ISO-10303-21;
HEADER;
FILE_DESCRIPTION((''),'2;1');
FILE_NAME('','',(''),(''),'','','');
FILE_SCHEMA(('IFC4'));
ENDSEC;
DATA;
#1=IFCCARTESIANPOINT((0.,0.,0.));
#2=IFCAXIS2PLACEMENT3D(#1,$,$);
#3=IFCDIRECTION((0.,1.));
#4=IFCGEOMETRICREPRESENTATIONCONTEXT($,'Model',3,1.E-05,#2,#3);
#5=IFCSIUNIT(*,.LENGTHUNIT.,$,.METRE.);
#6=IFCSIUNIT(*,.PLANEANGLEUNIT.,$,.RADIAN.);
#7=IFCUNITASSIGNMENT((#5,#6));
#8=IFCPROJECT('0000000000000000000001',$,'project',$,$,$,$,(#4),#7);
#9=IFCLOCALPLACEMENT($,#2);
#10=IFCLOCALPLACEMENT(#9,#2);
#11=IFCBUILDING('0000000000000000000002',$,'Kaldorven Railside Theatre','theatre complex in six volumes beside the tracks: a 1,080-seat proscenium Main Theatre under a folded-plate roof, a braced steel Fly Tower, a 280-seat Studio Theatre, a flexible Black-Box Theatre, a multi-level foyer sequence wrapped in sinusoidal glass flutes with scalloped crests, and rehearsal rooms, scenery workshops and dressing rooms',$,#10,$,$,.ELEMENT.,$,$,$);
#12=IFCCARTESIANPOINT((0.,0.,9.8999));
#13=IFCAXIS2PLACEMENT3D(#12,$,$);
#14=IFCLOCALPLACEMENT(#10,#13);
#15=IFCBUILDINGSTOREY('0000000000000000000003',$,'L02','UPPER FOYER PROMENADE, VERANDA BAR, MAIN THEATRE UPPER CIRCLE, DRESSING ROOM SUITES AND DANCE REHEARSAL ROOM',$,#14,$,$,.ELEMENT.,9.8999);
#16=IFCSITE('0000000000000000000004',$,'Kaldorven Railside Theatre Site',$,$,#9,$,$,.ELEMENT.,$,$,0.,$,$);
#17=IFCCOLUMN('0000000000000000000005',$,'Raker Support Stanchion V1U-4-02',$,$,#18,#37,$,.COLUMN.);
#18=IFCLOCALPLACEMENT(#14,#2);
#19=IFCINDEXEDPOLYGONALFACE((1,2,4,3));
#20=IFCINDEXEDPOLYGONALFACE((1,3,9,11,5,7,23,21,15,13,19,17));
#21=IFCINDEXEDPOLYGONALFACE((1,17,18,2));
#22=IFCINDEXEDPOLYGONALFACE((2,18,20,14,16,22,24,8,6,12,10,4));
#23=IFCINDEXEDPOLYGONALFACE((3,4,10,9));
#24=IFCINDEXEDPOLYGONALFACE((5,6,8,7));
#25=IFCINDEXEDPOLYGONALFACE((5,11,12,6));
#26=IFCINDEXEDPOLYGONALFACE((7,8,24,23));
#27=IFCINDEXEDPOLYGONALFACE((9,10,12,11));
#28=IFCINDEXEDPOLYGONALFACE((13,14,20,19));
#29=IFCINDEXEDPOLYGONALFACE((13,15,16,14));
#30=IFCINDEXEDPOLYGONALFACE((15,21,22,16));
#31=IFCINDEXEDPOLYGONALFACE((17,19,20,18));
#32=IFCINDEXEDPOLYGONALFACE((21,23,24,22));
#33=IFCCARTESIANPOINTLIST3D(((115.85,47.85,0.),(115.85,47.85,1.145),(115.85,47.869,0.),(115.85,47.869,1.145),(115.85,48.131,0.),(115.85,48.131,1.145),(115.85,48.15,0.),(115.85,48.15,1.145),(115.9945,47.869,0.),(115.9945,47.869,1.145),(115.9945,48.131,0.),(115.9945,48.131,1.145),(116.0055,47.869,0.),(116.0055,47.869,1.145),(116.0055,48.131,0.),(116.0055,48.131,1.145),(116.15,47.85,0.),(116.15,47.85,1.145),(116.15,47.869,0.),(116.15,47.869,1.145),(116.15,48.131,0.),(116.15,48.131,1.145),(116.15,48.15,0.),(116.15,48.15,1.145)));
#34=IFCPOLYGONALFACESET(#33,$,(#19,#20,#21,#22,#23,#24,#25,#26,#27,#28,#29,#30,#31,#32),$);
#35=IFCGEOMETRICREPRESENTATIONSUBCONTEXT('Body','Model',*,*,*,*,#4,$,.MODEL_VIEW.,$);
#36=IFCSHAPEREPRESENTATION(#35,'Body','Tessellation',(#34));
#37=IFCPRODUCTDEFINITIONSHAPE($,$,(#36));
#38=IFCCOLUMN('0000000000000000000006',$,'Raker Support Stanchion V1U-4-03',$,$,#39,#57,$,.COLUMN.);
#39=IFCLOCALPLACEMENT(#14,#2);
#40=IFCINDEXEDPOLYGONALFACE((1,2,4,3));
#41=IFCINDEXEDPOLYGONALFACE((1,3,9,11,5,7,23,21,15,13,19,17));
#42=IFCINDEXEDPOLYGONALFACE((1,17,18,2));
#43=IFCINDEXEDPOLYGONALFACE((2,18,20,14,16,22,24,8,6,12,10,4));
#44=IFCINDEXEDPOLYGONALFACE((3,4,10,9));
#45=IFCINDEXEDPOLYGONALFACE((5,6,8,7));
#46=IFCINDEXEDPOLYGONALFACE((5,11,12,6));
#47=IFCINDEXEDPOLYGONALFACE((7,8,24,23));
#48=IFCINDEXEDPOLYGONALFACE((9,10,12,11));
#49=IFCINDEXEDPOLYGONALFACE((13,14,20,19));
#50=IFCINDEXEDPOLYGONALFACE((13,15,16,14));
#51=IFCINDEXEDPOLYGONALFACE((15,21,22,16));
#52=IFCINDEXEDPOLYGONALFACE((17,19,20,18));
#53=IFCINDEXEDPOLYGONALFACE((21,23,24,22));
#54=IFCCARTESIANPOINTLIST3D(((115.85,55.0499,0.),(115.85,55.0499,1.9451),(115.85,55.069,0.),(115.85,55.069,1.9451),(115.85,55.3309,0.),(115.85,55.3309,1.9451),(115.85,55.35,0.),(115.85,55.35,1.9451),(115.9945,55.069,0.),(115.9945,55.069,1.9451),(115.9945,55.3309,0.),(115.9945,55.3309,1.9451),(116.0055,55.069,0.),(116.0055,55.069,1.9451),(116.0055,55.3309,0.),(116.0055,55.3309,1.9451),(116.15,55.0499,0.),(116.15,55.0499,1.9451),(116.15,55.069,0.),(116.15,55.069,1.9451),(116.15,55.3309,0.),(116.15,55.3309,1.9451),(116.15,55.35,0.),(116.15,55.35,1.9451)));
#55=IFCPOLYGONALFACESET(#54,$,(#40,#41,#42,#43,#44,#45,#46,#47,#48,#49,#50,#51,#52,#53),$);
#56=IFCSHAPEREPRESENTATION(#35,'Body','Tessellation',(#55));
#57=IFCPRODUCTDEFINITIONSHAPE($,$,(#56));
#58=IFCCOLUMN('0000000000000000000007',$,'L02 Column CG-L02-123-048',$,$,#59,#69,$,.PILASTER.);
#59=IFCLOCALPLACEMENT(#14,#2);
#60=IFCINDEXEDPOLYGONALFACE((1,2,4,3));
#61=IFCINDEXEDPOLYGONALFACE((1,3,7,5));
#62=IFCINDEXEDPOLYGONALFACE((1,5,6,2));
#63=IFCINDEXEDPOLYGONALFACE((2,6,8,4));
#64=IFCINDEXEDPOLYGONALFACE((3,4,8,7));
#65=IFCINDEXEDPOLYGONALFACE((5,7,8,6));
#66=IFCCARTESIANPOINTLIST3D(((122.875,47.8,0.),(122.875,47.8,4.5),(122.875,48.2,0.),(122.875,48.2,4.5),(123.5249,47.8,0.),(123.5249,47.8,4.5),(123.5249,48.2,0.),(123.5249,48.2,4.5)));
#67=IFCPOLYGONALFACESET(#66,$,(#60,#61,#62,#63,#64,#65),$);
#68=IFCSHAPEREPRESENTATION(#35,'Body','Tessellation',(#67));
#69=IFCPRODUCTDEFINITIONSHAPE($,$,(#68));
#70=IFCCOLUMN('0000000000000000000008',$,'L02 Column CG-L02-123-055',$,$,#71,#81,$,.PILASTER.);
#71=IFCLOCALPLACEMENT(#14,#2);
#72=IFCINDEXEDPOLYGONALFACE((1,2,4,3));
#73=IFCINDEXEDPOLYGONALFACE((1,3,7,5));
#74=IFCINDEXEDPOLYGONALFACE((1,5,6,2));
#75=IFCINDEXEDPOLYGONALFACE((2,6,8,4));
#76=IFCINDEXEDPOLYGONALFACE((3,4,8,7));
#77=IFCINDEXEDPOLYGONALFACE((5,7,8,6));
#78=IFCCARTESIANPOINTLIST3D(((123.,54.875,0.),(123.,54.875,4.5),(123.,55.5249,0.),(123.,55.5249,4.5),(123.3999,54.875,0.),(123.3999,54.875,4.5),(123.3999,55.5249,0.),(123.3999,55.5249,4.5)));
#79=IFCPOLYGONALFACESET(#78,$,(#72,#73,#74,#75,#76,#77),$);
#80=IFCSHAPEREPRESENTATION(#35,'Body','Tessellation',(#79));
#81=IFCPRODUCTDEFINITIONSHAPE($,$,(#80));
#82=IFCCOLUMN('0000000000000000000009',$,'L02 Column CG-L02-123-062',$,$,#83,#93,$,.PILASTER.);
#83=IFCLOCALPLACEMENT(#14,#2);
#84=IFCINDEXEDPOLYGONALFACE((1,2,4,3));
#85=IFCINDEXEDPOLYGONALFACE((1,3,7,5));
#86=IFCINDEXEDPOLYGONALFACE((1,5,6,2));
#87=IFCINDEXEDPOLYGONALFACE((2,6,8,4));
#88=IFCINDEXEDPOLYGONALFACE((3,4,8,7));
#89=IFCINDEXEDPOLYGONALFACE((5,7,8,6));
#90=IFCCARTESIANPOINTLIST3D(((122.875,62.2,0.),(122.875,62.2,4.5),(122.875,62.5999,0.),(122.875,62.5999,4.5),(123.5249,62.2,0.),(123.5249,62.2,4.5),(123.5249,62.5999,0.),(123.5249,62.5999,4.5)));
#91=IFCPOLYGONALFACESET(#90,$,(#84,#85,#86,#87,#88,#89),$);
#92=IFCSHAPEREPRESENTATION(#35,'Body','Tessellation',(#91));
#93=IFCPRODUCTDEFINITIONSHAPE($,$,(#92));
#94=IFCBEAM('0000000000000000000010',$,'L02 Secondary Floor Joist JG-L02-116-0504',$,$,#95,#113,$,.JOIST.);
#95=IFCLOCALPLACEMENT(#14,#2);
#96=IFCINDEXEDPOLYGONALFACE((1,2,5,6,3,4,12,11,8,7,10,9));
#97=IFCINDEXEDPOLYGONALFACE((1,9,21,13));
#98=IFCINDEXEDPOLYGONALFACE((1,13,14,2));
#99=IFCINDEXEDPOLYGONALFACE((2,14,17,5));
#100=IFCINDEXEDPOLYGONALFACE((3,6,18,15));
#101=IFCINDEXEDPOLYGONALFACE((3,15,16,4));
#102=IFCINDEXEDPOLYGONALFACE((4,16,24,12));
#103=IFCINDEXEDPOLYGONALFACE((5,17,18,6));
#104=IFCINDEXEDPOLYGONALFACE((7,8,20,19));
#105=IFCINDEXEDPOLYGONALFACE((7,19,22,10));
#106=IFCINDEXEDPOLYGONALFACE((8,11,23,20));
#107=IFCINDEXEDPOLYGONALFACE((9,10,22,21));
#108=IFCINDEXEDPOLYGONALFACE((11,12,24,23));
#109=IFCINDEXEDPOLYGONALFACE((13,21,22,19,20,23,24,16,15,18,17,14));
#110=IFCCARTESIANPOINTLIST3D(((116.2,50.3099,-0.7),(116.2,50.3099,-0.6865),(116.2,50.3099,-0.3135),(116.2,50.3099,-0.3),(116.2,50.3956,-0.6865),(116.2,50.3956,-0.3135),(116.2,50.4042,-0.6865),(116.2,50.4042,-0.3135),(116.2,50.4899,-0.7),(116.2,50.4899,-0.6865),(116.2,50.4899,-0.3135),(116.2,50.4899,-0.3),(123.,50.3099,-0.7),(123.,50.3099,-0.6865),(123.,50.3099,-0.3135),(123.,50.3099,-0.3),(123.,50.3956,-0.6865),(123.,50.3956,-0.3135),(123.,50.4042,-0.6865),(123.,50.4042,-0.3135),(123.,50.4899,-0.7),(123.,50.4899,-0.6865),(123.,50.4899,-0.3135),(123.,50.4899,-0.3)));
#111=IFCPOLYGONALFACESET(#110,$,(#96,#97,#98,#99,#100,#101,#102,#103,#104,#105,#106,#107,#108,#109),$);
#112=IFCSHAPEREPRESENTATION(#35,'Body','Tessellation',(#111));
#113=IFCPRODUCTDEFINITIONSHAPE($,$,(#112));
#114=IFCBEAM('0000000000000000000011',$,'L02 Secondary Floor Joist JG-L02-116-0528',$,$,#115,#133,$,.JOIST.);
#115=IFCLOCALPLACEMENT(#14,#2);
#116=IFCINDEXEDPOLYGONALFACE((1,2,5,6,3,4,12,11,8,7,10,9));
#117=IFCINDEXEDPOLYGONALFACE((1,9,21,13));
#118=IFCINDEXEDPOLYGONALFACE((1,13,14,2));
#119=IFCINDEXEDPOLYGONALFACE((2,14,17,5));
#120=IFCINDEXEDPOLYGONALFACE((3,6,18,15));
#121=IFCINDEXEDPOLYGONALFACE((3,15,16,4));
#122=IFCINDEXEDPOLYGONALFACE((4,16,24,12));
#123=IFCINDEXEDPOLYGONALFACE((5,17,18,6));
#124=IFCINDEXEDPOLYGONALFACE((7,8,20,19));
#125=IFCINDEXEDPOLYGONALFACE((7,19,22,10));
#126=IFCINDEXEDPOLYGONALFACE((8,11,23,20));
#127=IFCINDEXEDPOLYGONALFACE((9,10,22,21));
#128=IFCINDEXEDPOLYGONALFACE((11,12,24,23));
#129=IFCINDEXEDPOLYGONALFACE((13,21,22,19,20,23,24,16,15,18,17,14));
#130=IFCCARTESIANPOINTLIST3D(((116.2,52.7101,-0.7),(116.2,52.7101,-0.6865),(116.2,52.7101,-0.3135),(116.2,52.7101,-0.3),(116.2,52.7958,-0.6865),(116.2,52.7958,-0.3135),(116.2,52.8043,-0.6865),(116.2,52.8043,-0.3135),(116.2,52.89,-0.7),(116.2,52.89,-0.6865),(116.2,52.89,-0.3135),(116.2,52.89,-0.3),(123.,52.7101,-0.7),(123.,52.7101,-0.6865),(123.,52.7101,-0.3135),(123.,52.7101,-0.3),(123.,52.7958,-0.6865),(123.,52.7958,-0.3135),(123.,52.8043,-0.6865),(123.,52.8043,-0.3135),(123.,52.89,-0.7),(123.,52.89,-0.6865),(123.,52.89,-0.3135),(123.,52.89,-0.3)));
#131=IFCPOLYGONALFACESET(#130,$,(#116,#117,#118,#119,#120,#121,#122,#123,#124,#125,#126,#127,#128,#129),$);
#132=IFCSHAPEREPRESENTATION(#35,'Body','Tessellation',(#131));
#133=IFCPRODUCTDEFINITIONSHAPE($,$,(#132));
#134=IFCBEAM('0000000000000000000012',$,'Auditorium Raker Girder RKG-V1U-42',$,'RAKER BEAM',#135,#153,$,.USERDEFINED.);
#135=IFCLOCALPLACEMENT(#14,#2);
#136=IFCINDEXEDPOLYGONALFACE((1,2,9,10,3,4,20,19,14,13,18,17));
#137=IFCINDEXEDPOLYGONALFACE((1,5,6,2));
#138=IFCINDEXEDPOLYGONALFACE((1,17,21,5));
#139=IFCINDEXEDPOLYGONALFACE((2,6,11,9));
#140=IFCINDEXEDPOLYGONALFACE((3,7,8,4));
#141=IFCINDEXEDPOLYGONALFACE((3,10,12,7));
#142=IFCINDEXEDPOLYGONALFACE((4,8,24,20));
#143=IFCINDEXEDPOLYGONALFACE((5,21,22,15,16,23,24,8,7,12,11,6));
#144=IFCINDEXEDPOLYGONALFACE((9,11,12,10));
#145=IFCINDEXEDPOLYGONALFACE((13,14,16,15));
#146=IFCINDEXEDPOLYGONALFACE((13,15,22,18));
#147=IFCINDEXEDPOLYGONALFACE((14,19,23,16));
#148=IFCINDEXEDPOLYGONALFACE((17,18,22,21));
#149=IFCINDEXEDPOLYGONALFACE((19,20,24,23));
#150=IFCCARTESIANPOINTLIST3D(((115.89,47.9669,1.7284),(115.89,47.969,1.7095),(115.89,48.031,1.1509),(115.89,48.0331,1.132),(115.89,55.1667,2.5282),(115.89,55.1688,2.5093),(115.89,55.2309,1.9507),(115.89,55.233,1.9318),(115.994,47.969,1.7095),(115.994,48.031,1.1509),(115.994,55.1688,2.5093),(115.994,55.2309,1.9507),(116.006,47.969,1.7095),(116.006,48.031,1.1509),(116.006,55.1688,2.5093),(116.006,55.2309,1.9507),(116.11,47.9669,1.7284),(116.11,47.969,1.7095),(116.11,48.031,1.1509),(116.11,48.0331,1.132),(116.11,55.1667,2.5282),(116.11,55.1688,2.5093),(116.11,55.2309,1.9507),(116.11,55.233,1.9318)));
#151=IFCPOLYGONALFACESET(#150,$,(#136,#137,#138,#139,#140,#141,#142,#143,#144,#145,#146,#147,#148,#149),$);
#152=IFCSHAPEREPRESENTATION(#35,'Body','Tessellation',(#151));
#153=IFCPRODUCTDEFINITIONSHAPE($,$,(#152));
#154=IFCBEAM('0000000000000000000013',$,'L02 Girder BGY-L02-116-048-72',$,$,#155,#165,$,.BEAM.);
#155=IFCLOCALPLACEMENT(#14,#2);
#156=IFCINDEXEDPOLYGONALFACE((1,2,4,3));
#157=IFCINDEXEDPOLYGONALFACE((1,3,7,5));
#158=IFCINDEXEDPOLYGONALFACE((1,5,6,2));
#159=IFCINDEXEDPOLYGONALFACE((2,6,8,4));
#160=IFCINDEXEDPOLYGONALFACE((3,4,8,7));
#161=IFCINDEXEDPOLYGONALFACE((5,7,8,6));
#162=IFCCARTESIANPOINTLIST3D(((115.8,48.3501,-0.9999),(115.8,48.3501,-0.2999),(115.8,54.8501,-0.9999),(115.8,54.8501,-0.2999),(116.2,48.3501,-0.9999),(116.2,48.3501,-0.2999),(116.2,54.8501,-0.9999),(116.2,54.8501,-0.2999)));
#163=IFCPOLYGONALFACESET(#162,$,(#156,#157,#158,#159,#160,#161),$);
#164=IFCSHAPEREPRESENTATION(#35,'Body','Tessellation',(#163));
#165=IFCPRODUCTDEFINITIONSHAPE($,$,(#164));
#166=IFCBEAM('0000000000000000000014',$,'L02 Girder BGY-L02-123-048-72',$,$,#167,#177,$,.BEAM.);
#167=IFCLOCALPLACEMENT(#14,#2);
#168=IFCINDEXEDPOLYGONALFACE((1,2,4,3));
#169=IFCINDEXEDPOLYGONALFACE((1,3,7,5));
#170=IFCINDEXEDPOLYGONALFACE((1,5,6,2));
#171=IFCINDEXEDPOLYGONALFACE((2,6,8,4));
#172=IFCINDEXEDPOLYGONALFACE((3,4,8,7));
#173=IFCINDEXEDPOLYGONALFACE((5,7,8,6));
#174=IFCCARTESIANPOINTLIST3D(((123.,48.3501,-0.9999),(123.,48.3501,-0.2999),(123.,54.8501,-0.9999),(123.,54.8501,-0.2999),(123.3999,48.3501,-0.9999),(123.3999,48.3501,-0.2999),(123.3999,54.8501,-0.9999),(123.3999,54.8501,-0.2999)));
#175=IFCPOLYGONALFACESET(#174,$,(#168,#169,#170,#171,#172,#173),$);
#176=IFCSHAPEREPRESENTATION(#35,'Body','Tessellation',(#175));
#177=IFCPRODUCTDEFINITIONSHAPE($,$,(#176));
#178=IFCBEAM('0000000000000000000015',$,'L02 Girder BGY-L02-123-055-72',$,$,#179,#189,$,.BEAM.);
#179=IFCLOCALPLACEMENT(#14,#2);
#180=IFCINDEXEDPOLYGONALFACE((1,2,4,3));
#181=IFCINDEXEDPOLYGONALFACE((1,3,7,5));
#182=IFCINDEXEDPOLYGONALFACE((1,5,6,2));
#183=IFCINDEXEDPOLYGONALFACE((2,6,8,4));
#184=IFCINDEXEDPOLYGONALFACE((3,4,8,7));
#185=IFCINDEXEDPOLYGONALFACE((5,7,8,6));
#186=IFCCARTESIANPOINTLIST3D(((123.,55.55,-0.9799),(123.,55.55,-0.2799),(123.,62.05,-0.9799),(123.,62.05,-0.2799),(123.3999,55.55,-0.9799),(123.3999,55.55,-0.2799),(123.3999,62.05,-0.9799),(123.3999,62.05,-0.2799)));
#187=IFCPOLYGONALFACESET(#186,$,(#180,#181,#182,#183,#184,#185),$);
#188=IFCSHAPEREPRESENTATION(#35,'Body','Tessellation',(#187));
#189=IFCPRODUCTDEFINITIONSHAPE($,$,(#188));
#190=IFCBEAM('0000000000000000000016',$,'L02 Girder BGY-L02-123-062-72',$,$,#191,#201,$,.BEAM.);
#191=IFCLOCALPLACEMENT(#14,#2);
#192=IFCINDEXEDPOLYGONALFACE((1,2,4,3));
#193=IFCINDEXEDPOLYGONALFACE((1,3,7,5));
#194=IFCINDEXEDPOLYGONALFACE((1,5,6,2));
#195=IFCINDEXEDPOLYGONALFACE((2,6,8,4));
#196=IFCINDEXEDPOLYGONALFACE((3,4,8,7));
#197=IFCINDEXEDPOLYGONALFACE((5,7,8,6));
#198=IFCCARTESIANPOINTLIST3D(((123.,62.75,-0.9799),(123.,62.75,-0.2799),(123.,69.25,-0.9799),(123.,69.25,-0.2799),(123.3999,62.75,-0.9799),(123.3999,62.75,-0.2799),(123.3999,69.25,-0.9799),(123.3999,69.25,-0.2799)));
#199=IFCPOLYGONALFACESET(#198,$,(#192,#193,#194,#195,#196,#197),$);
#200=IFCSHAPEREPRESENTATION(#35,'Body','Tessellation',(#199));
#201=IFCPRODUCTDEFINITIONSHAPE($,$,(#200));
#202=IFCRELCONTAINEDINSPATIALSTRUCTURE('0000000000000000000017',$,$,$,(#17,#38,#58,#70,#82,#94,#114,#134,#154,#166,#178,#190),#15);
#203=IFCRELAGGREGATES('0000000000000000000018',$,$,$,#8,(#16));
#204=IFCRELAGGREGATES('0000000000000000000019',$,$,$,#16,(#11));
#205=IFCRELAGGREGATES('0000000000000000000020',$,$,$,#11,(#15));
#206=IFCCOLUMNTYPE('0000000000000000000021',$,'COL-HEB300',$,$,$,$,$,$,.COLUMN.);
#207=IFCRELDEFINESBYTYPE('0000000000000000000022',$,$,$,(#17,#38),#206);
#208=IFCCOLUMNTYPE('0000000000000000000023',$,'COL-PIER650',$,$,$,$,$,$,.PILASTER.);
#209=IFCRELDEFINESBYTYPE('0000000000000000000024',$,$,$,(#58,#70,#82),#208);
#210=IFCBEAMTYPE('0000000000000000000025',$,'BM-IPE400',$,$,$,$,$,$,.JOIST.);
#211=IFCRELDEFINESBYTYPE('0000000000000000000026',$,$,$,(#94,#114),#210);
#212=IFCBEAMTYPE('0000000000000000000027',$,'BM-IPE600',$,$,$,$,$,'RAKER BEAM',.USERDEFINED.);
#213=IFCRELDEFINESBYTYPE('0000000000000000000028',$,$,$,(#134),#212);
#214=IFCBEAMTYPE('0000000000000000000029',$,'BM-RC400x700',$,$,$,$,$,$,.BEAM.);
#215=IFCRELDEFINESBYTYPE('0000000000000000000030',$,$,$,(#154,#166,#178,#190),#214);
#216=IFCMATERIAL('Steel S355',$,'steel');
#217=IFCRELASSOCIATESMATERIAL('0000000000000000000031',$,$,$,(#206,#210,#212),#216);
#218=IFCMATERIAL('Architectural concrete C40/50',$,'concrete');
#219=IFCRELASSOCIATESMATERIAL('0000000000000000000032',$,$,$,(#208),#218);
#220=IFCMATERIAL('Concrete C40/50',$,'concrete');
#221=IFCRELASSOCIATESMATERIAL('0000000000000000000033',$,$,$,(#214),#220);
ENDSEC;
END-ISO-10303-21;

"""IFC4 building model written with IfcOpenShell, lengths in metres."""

from ifc_helpers import new_model, si_unit, direction, frame, origin, origin_2d, place, context, subcontext, project, spatial, rectangle, i_section, extrude, material, material_profile, profile_set, type_object, element, save


model = new_model("IFC4")

# Units and contexts
model_context = context("Model", 3, precision=1e-05, world=origin(), true_north=direction((0.0, 1.0)))
body_context = subcontext(model_context, "Body", "Model", "MODEL_VIEW")
ifc_project = project(units=[si_unit("LENGTHUNIT", "METRE"), si_unit("PLANEANGLEUNIT", "RADIAN")], contexts=[model_context])

# Site, building, storey
site_placement = place(None, origin())
site = spatial("IfcSite", under=ifc_project, at=site_placement, Name="Kaldorven Railside Theatre Site", CompositionType="ELEMENT", RefElevation=0.0)
building_placement = place(site_placement, origin())
building = spatial("IfcBuilding", under=site, at=building_placement, Name="Kaldorven Railside Theatre", Description="theatre complex in six volumes beside the tracks: a 1,080-seat proscenium Main Theatre under a folded-plate roof, a braced steel Fly Tower, a 280-seat Studio Theatre, a flexible Black-Box Theatre, a multi-level foyer sequence wrapped in sinusoidal glass flutes with scalloped crests, and rehearsal rooms, scenery workshops and dressing rooms", CompositionType="ELEMENT")
storey_placement = place(building_placement, frame((0.0, 0.0, 9.8999)))
storey = spatial("IfcBuildingStorey", under=building, at=storey_placement, Name="L02", Description="UPPER FOYER PROMENADE, VERANDA BAR, MAIN THEATRE UPPER CIRCLE, DRESSING ROOM SUITES AND DANCE REHEARSAL ROOM", CompositionType="ELEMENT", Elevation=9.8999)

# Columns
ifc_material_1 = material(Name="Steel S355", Category="steel")
ifc_material_profile_1 = material_profile(ifc_material_1, i_section(OverallWidth=0.3, OverallDepth=0.3, WebThickness=0.011, FlangeThickness=0.019, at=origin_2d()), Name="HEB 300")
ifc_profile_set_1 = profile_set([ifc_material_profile_1], Name="Steel S355")
column_type_1 = type_object("IfcColumnType", Name="COL-HEB300", PredefinedType="COLUMN", material=ifc_profile_set_1)
column_1_placement = place(storey_placement, frame((116.0, 48.0, 0.0), z_axis=(0.0, 0.0, 1.0), x_axis=(1.0, 0.0, 0.0)))
element("IfcColumn", 1, at=column_1_placement, inside=storey, type_object=column_type_1, Name="Raker Support Stanchion V1U-4-02", PredefinedType="COLUMN", context=body_context, shape_type="SweptSolid", body=[
    extrude(i_section(OverallWidth=0.3, OverallDepth=0.3, WebThickness=0.011, FlangeThickness=0.019, at=origin_2d()), origin(), (0.0, 0.0, 1.0), 1.145),
])
column_2_placement = place(storey_placement, frame((116.0, 55.2, 0.0), z_axis=(0.0, 0.0, 1.0), x_axis=(1.0, 0.0, 0.0)))
element("IfcColumn", 2, at=column_2_placement, inside=storey, type_object=column_type_1, Name="Raker Support Stanchion V1U-4-03", PredefinedType="COLUMN", context=body_context, shape_type="SweptSolid", body=[
    extrude(i_section(OverallWidth=0.3, OverallDepth=0.3, WebThickness=0.011, FlangeThickness=0.019, at=origin_2d()), origin(), (0.0, 0.0, 1.0), 1.9451),
])
ifc_material_2 = material(Name="Architectural concrete C40/50", Category="concrete")
ifc_material_profile_2 = material_profile(ifc_material_2, rectangle(XDim=0.3999, YDim=0.6499, at=origin_2d()), Name="RC 400x650")
ifc_profile_set_2 = profile_set([ifc_material_profile_2], Name="Architectural concrete C40/50")
column_type_2 = type_object("IfcColumnType", Name="COL-PIER650", PredefinedType="PILASTER", material=ifc_profile_set_2)
for number, where, z_axis, x_axis, name in (
    (3, (123.2, 48.0, 0.0), (0.0, 0.0, 1.0), (0.0, 1.0, 0.0), "L02 Column CG-L02-123-048"),
    (4, (123.2, 55.2, 0.0), (0.0, 0.0, 1.0), (1.0, 0.0, 0.0), "L02 Column CG-L02-123-055"),
    (5, (123.2, 62.3999, 0.0), (0.0, 0.0, 1.0), (0.0, 1.0, 0.0), "L02 Column CG-L02-123-062"),
):
    element("IfcColumn", number, at=place(storey_placement, frame(where, z_axis=z_axis, x_axis=x_axis)), inside=storey, type_object=column_type_2, Name=name, PredefinedType="PILASTER", context=body_context, shape_type="SweptSolid", body=[
        extrude(rectangle(XDim=0.3999, YDim=0.6499, at=origin_2d()), origin(), (0.0, 0.0, 1.0), 4.5),
    ])

# Beams
ifc_material_profile_3 = material_profile(ifc_material_1, i_section(OverallWidth=0.1799, OverallDepth=0.3999, WebThickness=0.0085, FlangeThickness=0.0134, at=origin_2d()), Name="IPE 400")
ifc_profile_set_3 = profile_set([ifc_material_profile_3], Name="Steel S355")
beam_type_1 = type_object("IfcBeamType", Name="BM-IPE400", PredefinedType="JOIST", material=ifc_profile_set_3)
for number, where, z_axis, x_axis, name in (
    (6, (116.2, 50.3999, -0.5), (1.0, 0.0, 0.0), (0.0, 1.0, 0.0), "L02 Secondary Floor Joist JG-L02-116-0504"),
    (7, (116.2, 52.8, -0.5), (1.0, 0.0, 0.0), (0.0, 1.0, 0.0), "L02 Secondary Floor Joist JG-L02-116-0528"),
):
    element("IfcBeam", number, at=place(storey_placement, frame(where, z_axis=z_axis, x_axis=x_axis)), inside=storey, type_object=beam_type_1, Name=name, PredefinedType="JOIST", context=body_context, shape_type="SweptSolid", body=[
        extrude(i_section(OverallWidth=0.1799, OverallDepth=0.3999, WebThickness=0.0085, FlangeThickness=0.0134, at=origin_2d()), origin(), (0.0, 0.0, 1.0), 6.8),
    ])
ifc_material_profile_4 = material_profile(ifc_material_1, i_section(OverallWidth=0.22, OverallDepth=0.6001, WebThickness=0.012, FlangeThickness=0.019, at=origin_2d()), Name="IPE 600")
ifc_profile_set_4 = profile_set([ifc_material_profile_4], Name="Steel S355")
beam_type_2 = type_object("IfcBeamType", Name="BM-IPE600", ElementType="RAKER BEAM", PredefinedType="USERDEFINED", material=ifc_profile_set_4)
beam_placement = place(storey_placement, frame((116.0, 48.0, 1.4302), z_axis=(0.0, 0.993887, 0.110406), x_axis=(-1.0, 0.0, 0.0)))
element("IfcBeam", 8, at=beam_placement, inside=storey, type_object=beam_type_2, Name="Auditorium Raker Girder RKG-V1U-42", ObjectType="RAKER BEAM", PredefinedType="USERDEFINED", context=body_context, shape_type="SweptSolid", body=[
    extrude(i_section(OverallWidth=0.22, OverallDepth=0.6001, WebThickness=0.012, FlangeThickness=0.019, at=origin_2d()), origin(), (0.0, 0.0, 1.0), 7.2441),
])
ifc_material_3 = material(Name="Concrete C40/50", Category="concrete")
ifc_material_profile_5 = material_profile(ifc_material_3, rectangle(XDim=0.3999, YDim=0.7, at=origin_2d()), Name="RC 400x700")
ifc_profile_set_5 = profile_set([ifc_material_profile_5], Name="Concrete C40/50")
beam_type_3 = type_object("IfcBeamType", Name="BM-RC400x700", PredefinedType="BEAM", material=ifc_profile_set_5)
for number, where, z_axis, x_axis, name in (
    (9, (116.0, 48.3501, -0.6499), (0.0, 1.0, 0.0), (-1.0, 0.0, 0.0), "L02 Girder BGY-L02-116-048-72"),
    (10, (123.2, 48.3501, -0.6499), (0.0, 1.0, 0.0), (-1.0, 0.0, 0.0), "L02 Girder BGY-L02-123-048-72"),
    (11, (123.2, 55.55, -0.6299), (0.0, 1.0, 0.0), (-1.0, 0.0, 0.0), "L02 Girder BGY-L02-123-055-72"),
    (12, (123.2, 62.75, -0.6299), (0.0, 1.0, 0.0), (-1.0, 0.0, 0.0), "L02 Girder BGY-L02-123-062-72"),
):
    element("IfcBeam", number, at=place(storey_placement, frame(where, z_axis=z_axis, x_axis=x_axis)), inside=storey, type_object=beam_type_3, Name=name, PredefinedType="BEAM", context=body_context, shape_type="SweptSolid", body=[
        extrude(rectangle(XDim=0.3999, YDim=0.7, at=origin_2d()), origin(), (0.0, 0.0, 1.0), 6.5),
    ])

save(model, "model.ifc")
